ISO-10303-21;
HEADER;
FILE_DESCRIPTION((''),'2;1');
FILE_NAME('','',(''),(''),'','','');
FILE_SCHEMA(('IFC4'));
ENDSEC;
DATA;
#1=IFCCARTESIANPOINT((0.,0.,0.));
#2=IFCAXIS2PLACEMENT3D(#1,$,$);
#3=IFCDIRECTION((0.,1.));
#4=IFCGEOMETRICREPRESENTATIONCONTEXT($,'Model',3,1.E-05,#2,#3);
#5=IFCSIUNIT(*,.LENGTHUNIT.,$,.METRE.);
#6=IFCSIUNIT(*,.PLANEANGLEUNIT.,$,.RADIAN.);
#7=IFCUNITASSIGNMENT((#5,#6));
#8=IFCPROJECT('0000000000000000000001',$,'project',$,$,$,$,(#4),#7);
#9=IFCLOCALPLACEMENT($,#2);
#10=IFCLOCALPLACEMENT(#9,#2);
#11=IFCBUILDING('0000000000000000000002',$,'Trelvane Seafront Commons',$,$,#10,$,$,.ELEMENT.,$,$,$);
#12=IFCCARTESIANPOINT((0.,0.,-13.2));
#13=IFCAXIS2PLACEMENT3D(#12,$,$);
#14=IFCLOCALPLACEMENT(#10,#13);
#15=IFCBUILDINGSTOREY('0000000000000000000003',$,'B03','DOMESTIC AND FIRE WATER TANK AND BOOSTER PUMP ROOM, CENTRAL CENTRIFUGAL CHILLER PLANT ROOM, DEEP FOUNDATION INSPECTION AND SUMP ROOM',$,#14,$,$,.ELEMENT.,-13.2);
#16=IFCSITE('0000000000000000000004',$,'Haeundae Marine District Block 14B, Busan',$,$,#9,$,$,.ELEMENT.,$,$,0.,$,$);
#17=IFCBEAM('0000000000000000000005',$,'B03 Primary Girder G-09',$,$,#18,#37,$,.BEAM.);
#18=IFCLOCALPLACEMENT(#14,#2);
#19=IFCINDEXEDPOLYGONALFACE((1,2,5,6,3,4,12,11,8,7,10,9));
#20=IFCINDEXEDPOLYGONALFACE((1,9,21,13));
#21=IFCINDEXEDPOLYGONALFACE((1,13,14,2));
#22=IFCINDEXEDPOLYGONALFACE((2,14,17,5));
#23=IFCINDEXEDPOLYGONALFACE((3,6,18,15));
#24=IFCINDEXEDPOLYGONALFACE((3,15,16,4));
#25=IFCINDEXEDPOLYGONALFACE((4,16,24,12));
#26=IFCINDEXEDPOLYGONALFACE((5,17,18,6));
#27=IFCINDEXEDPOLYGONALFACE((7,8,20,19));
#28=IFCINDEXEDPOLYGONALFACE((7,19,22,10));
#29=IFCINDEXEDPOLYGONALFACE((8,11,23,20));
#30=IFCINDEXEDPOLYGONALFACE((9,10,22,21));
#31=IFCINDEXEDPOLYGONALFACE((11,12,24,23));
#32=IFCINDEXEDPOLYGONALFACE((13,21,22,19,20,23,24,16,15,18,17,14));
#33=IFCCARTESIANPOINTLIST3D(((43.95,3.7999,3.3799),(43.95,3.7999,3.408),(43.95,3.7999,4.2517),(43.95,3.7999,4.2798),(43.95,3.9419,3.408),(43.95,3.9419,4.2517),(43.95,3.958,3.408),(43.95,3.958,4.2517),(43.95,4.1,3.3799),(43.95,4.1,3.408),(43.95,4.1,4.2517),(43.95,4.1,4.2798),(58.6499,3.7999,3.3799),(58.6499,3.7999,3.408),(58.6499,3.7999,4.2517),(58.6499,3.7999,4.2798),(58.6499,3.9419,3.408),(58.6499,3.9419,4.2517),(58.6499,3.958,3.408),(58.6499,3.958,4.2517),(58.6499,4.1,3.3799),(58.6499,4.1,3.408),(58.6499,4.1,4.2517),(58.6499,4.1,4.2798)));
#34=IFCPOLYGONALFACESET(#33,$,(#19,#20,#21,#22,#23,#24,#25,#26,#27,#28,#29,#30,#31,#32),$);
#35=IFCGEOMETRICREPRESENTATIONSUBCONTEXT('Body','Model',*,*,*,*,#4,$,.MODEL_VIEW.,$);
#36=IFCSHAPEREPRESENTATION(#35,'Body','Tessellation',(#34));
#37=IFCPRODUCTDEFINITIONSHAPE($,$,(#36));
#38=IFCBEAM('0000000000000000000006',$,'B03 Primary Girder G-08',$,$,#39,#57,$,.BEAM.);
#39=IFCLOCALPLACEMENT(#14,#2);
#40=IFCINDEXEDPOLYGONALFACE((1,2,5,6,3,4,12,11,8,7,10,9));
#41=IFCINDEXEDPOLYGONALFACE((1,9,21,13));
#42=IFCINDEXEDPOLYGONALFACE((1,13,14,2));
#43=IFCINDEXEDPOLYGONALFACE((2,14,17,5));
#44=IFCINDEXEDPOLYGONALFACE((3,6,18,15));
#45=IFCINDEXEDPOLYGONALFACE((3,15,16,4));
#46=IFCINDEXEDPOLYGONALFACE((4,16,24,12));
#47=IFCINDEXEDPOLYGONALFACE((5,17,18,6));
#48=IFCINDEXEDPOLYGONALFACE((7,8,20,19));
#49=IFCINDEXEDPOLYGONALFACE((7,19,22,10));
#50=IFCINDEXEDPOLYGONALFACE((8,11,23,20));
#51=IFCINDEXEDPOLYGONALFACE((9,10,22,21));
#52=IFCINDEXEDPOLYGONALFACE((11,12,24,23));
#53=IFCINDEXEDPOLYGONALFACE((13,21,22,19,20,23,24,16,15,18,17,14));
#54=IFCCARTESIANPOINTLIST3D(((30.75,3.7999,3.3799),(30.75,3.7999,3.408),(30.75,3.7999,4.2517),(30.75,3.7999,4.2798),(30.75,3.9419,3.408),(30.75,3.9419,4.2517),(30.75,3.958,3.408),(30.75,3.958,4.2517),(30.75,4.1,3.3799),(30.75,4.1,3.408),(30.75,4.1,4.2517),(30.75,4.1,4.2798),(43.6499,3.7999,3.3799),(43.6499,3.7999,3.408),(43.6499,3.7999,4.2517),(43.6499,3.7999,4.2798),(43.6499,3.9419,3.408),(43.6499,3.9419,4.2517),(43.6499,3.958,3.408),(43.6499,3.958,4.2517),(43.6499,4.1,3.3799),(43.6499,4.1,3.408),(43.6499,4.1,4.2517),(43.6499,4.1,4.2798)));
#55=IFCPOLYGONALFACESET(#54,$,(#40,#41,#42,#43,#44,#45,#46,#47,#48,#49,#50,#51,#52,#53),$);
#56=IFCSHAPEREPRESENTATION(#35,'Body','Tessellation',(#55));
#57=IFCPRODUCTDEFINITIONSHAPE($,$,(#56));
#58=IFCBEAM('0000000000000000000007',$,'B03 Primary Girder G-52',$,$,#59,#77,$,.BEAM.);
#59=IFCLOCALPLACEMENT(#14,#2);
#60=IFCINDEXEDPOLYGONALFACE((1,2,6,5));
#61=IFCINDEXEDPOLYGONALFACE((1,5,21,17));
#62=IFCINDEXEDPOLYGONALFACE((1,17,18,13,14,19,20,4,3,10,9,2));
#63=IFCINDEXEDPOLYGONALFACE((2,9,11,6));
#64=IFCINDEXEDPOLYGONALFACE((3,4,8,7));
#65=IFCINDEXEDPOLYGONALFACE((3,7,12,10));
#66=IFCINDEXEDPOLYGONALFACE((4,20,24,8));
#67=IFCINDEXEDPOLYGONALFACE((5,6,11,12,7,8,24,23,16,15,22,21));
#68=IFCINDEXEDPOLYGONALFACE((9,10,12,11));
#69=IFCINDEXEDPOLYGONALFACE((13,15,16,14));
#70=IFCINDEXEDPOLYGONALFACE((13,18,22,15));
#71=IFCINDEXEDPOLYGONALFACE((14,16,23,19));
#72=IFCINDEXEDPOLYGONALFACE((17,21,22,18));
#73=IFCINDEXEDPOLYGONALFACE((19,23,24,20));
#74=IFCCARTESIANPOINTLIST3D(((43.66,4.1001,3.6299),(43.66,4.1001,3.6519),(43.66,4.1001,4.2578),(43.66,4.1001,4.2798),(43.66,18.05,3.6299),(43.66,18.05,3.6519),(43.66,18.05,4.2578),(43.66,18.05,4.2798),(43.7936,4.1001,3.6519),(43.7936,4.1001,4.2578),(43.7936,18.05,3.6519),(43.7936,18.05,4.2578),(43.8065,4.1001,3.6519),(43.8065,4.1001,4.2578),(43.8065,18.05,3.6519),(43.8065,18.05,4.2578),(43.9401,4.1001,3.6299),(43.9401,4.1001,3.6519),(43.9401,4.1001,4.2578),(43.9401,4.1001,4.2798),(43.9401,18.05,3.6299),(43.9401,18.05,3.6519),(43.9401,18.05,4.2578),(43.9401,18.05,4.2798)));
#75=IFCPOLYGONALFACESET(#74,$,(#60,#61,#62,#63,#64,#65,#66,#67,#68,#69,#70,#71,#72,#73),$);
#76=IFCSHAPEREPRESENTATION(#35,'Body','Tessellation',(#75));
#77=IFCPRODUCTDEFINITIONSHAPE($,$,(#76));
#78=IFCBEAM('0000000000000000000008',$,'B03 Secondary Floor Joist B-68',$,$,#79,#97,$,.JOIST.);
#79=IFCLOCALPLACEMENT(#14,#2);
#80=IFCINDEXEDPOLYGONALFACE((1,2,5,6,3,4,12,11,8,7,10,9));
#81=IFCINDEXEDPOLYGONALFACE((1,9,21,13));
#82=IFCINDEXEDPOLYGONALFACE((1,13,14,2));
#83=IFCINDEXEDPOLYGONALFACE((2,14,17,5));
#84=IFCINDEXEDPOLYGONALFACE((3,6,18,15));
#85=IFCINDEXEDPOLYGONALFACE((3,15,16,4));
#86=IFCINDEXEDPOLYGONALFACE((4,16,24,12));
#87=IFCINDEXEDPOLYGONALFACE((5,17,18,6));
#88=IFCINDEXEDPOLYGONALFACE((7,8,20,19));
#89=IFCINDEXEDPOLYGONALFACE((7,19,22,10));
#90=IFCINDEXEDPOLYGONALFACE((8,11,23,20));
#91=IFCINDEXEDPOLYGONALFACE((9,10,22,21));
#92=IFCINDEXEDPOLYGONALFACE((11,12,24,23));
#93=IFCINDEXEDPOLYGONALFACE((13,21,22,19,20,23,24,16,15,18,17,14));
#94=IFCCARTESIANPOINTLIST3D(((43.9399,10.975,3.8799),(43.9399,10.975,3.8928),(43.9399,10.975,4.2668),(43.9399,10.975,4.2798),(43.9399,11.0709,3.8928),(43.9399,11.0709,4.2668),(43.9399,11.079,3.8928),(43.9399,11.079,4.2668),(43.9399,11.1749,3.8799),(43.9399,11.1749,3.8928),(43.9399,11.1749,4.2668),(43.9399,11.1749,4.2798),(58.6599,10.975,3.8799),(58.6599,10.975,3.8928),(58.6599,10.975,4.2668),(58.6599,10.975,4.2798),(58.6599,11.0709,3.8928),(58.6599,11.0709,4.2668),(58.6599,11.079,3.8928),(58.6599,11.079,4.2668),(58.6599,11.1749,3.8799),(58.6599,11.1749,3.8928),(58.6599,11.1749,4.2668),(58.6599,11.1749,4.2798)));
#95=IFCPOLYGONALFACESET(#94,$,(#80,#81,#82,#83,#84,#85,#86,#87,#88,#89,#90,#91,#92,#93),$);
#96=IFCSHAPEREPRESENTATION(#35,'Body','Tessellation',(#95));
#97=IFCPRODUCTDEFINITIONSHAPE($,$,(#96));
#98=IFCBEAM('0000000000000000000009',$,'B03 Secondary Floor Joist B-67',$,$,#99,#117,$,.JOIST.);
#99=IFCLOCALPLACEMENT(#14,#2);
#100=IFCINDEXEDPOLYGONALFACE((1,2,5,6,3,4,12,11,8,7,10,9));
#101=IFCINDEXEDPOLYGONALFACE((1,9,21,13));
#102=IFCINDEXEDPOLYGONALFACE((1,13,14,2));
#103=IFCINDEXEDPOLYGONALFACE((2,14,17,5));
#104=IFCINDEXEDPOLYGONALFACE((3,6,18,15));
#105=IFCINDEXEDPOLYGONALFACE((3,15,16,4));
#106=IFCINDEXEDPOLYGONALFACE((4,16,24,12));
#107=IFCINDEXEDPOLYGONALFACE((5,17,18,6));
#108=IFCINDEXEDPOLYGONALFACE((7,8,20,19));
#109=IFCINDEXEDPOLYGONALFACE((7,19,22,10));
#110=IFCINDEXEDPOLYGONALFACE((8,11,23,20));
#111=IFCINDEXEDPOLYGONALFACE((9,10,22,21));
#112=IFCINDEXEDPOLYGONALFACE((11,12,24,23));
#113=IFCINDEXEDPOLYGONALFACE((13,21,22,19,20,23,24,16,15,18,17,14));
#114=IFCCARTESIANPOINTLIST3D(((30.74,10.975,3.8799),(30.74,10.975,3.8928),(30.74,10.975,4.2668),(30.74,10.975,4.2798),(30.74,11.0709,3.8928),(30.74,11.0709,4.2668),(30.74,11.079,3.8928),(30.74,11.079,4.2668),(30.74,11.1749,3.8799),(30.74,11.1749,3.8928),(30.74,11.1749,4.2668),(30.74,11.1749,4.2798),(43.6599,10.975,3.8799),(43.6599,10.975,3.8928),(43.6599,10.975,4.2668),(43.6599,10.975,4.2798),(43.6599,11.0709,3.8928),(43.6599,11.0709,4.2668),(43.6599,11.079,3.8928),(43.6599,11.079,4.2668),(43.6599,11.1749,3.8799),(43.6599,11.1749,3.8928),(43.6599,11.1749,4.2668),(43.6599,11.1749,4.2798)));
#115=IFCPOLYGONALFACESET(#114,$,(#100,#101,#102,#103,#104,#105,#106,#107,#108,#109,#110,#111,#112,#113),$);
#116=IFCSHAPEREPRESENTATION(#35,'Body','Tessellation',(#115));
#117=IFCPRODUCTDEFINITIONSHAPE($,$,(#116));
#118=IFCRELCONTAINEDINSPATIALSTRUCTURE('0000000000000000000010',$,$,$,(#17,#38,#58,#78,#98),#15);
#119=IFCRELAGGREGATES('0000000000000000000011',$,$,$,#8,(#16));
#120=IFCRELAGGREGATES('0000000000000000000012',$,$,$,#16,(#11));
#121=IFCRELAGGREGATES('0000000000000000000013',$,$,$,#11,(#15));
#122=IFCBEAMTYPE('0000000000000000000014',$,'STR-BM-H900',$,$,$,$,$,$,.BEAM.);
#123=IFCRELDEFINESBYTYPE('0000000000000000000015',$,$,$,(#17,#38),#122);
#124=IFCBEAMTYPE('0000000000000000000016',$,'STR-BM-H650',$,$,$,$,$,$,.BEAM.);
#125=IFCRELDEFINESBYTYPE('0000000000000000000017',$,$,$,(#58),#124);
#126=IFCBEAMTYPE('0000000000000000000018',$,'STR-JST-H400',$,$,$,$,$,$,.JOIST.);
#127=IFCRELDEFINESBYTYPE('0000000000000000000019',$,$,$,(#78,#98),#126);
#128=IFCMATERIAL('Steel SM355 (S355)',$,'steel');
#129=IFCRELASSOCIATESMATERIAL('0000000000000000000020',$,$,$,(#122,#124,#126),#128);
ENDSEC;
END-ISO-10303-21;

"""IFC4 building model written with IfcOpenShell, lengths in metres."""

from ifc_helpers import new_model, si_unit, direction, frame, origin, origin_2d, place, context, subcontext, project, spatial, i_section, extrude, source, transform, mapped, material, material_profile, profile_set, type_object, element, save


model = new_model("IFC4")

# Units and contexts
model_context = context("Model", 3, precision=1e-05, world=origin(), true_north=direction((0.0, 1.0)))
body_context = subcontext(model_context, "Body", "Model", "MODEL_VIEW")
ifc_project = project(units=[si_unit("LENGTHUNIT", "METRE"), si_unit("PLANEANGLEUNIT", "RADIAN")], contexts=[model_context])

# Site, building, storey
site_placement = place(None, origin())
site = spatial("IfcSite", under=ifc_project, at=site_placement, Name="Haeundae Marine District Block 14B, Busan", CompositionType="ELEMENT", RefElevation=0.0)
building_placement = place(site_placement, origin())
building = spatial("IfcBuilding", under=site, at=building_placement, Name="Trelvane Seafront Commons", CompositionType="ELEMENT")
storey_placement = place(building_placement, frame((0.0, 0.0, -13.2)))
storey = spatial("IfcBuildingStorey", under=building, at=storey_placement, Name="B03", Description="DOMESTIC AND FIRE WATER TANK AND BOOSTER PUMP ROOM, CENTRAL CENTRIFUGAL CHILLER PLANT ROOM, DEEP FOUNDATION INSPECTION AND SUMP ROOM", CompositionType="ELEMENT", Elevation=-13.2)

# Beams
ifc_material_1 = material(Name="Steel SM355 (S355)", Category="steel")
ifc_material_profile_1 = material_profile(ifc_material_1, i_section(OverallWidth=0.3, OverallDepth=0.8999, WebThickness=0.0161, FlangeThickness=0.0281, at=origin_2d()), Name="H-900x300x16x28")
ifc_profile_set_1 = profile_set([ifc_material_profile_1], Name="Steel SM355 (S355)")
beam_type_1 = type_object("IfcBeamType", Name="STR-BM-H900", PredefinedType="BEAM", material=ifc_profile_set_1)
shared_shape_1 = source(origin(), body_context, "Body", "SweptSolid", [
    extrude(i_section(OverallWidth=0.3, OverallDepth=0.8999, WebThickness=0.0161, FlangeThickness=0.0281, at=origin_2d()), origin(), (0.0, 0.0, 1.0), 14.7),
])
beam_1_placement = place(storey_placement, frame((43.95, 3.95, 3.8298), z_axis=(1.0, 0.0, 0.0), x_axis=(0.0, 1.0, 0.0)))
element("IfcBeam", 1, at=beam_1_placement, inside=storey, type_object=beam_type_1, Name="B03 Primary Girder G-09", PredefinedType="BEAM", context=body_context, shape_type="MappedRepresentation", body=[
    mapped(shared_shape_1, transform((0.0, 0.0, 0.0), x_axis=(1.0, 0.0, 0.0), y_axis=(0.0, 1.0, 0.0), z_axis=(0.0, 0.0, 1.0), scale=1.0)),
])
shared_shape_2 = source(origin(), body_context, "Body", "SweptSolid", [
    extrude(i_section(OverallWidth=0.3, OverallDepth=0.8999, WebThickness=0.0161, FlangeThickness=0.0281, at=origin_2d()), origin(), (0.0, 0.0, 1.0), 12.8999),
])
beam_2_placement = place(storey_placement, frame((30.75, 3.95, 3.8298), z_axis=(1.0, 0.0, 0.0), x_axis=(0.0, 1.0, 0.0)))
element("IfcBeam", 2, at=beam_2_placement, inside=storey, type_object=beam_type_1, Name="B03 Primary Girder G-08", PredefinedType="BEAM", context=body_context, shape_type="MappedRepresentation", body=[
    mapped(shared_shape_2, transform((0.0, 0.0, 0.0), x_axis=(1.0, 0.0, 0.0), y_axis=(0.0, 1.0, 0.0), z_axis=(0.0, 0.0, 1.0), scale=1.0)),
])
ifc_material_profile_2 = material_profile(ifc_material_1, i_section(OverallWidth=0.28, OverallDepth=0.6499, WebThickness=0.0129, FlangeThickness=0.022, at=origin_2d()), Name="H-650x280x13x22")
ifc_profile_set_2 = profile_set([ifc_material_profile_2], Name="Steel SM355 (S355)")
beam_type_2 = type_object("IfcBeamType", Name="STR-BM-H650", PredefinedType="BEAM", material=ifc_profile_set_2)
shared_shape_3 = source(origin(), body_context, "Body", "SweptSolid", [
    extrude(i_section(OverallWidth=0.28, OverallDepth=0.6499, WebThickness=0.0129, FlangeThickness=0.022, at=origin_2d()), origin(), (0.0, 0.0, 1.0), 13.95),
])
beam_3_placement = place(storey_placement, frame((43.8, 4.1001, 3.9548), z_axis=(0.0, 1.0, 0.0), x_axis=(-1.0, 0.0, 0.0)))
element("IfcBeam", 3, at=beam_3_placement, inside=storey, type_object=beam_type_2, Name="B03 Primary Girder G-52", PredefinedType="BEAM", context=body_context, shape_type="MappedRepresentation", body=[
    mapped(shared_shape_3, transform((0.0, 0.0, 0.0), x_axis=(1.0, 0.0, 0.0), y_axis=(0.0, 1.0, 0.0), z_axis=(0.0, 0.0, 1.0), scale=1.0)),
])
ifc_material_profile_3 = material_profile(ifc_material_1, i_section(OverallWidth=0.2, OverallDepth=0.3999, WebThickness=0.0081, FlangeThickness=0.0129, at=origin_2d()), Name="H-400x200x8x13")
ifc_profile_set_3 = profile_set([ifc_material_profile_3], Name="Steel SM355 (S355)")
beam_type_3 = type_object("IfcBeamType", Name="STR-JST-H400", PredefinedType="JOIST", material=ifc_profile_set_3)
shared_shape_4 = source(origin(), body_context, "Body", "SweptSolid", [
    extrude(i_section(OverallWidth=0.2, OverallDepth=0.3999, WebThickness=0.0081, FlangeThickness=0.0129, at=origin_2d()), origin(), (0.0, 0.0, 1.0), 14.72),
])
beam_4_placement = place(storey_placement, frame((43.9399, 11.075, 4.0798), z_axis=(1.0, 0.0, 0.0), x_axis=(0.0, 1.0, 0.0)))
element("IfcBeam", 4, at=beam_4_placement, inside=storey, type_object=beam_type_3, Name="B03 Secondary Floor Joist B-68", PredefinedType="JOIST", context=body_context, shape_type="MappedRepresentation", body=[
    mapped(shared_shape_4, transform((0.0, 0.0, 0.0), x_axis=(1.0, 0.0, 0.0), y_axis=(0.0, 1.0, 0.0), z_axis=(0.0, 0.0, 1.0), scale=1.0)),
])
shared_shape_5 = source(origin(), body_context, "Body", "SweptSolid", [
    extrude(i_section(OverallWidth=0.2, OverallDepth=0.3999, WebThickness=0.0081, FlangeThickness=0.0129, at=origin_2d()), origin(), (0.0, 0.0, 1.0), 12.9199),
])
beam_5_placement = place(storey_placement, frame((30.74, 11.075, 4.0798), z_axis=(1.0, 0.0, 0.0), x_axis=(0.0, 1.0, 0.0)))
element("IfcBeam", 5, at=beam_5_placement, inside=storey, type_object=beam_type_3, Name="B03 Secondary Floor Joist B-67", PredefinedType="JOIST", context=body_context, shape_type="MappedRepresentation", body=[
    mapped(shared_shape_5, transform((0.0, 0.0, 0.0), x_axis=(1.0, 0.0, 0.0), y_axis=(0.0, 1.0, 0.0), z_axis=(0.0, 0.0, 1.0), scale=1.0)),
])

save(model, "model.ifc")
